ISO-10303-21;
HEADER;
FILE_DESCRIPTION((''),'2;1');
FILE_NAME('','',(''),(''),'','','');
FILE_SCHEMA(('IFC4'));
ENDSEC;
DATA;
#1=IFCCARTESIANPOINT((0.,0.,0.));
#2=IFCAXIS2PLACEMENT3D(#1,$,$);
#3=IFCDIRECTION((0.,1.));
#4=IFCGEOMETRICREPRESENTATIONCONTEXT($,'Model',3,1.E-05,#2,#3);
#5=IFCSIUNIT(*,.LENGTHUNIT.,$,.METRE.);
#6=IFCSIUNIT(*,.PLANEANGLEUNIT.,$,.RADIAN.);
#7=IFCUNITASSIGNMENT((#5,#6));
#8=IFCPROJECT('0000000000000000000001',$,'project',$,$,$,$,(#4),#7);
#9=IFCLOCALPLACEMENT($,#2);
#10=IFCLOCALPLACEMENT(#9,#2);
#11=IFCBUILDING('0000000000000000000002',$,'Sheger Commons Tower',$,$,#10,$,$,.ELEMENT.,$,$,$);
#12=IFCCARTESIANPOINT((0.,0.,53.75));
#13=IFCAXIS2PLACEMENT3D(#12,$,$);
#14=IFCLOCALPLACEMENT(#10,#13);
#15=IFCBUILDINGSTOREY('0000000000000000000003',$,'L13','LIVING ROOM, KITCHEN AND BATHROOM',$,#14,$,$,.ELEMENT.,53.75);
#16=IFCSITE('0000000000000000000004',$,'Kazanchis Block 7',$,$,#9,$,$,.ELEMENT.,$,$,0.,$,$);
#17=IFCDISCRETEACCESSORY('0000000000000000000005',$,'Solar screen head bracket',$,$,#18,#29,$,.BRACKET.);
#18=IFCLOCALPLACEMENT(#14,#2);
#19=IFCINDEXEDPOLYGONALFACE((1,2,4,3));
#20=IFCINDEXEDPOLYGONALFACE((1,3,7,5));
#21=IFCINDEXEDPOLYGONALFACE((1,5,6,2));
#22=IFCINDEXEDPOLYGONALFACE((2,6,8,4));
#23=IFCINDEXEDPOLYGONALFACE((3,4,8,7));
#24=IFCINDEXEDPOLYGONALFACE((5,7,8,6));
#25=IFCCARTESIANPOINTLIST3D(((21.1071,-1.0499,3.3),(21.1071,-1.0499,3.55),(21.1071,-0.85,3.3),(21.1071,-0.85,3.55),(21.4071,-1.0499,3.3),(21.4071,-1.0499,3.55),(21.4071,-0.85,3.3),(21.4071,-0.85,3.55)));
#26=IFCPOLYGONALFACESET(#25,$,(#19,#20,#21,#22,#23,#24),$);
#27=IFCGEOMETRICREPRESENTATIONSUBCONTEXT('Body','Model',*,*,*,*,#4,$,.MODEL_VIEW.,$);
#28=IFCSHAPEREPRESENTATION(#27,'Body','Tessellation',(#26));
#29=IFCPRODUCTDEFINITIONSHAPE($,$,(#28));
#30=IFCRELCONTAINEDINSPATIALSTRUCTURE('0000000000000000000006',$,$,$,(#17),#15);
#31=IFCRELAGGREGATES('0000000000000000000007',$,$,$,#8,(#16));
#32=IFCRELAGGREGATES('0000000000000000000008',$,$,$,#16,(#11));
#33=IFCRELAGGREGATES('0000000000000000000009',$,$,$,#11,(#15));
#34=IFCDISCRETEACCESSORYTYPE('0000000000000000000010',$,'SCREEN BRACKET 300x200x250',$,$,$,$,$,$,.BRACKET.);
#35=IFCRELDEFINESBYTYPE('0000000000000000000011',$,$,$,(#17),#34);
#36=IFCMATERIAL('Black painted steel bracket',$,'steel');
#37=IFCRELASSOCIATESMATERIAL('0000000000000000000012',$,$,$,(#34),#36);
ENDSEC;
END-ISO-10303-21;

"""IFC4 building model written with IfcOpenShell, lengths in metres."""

from ifc_helpers import new_model, si_unit, direction, frame, origin, origin_2d, place, context, subcontext, project, spatial, rectangle, extrude, material, type_object, element, save


model = new_model("IFC4")

# Units and contexts
model_context = context("Model", 3, precision=1e-05, world=origin(), true_north=direction((0.0, 1.0)))
body_context = subcontext(model_context, "Body", "Model", "MODEL_VIEW")
ifc_project = project(units=[si_unit("LENGTHUNIT", "METRE"), si_unit("PLANEANGLEUNIT", "RADIAN")], contexts=[model_context])

# Site, building, storey
site_placement = place(None, origin())
site = spatial("IfcSite", under=ifc_project, at=site_placement, Name="Kazanchis Block 7", CompositionType="ELEMENT", RefElevation=0.0)
building_placement = place(site_placement, origin())
building = spatial("IfcBuilding", under=site, at=building_placement, Name="Sheger Commons Tower", CompositionType="ELEMENT")
storey_placement = place(building_placement, frame((0.0, 0.0, 53.75)))
storey = spatial("IfcBuildingStorey", under=building, at=storey_placement, Name="L13", Description="LIVING ROOM, KITCHEN AND BATHROOM", CompositionType="ELEMENT", Elevation=53.75)

# Discrete accessory
ifc_material_1 = material(Name="Black painted steel bracket", Category="steel")
discrete_accessory_type = type_object("IfcDiscreteAccessoryType", Name="SCREEN BRACKET 300x200x250", PredefinedType="BRACKET", material=ifc_material_1)
for number, where, z_axis, x_axis, name in (
    (1, (21.2571, -0.95, 3.3), (0.0, 0.0, 1.0), (1.0, 0.0, 0.0), "Solar screen head bracket"),
):
    element("IfcDiscreteAccessory", number, at=place(storey_placement, frame(where, z_axis=z_axis, x_axis=x_axis)), inside=storey, type_object=discrete_accessory_type, Name=name, PredefinedType="BRACKET", context=body_context, shape_type="SweptSolid", body=[
        extrude(rectangle(XDim=0.3, YDim=0.2, at=origin_2d()), origin(), (0.0, 0.0, 1.0), 0.25),
    ])

save(model, "model.ifc")
